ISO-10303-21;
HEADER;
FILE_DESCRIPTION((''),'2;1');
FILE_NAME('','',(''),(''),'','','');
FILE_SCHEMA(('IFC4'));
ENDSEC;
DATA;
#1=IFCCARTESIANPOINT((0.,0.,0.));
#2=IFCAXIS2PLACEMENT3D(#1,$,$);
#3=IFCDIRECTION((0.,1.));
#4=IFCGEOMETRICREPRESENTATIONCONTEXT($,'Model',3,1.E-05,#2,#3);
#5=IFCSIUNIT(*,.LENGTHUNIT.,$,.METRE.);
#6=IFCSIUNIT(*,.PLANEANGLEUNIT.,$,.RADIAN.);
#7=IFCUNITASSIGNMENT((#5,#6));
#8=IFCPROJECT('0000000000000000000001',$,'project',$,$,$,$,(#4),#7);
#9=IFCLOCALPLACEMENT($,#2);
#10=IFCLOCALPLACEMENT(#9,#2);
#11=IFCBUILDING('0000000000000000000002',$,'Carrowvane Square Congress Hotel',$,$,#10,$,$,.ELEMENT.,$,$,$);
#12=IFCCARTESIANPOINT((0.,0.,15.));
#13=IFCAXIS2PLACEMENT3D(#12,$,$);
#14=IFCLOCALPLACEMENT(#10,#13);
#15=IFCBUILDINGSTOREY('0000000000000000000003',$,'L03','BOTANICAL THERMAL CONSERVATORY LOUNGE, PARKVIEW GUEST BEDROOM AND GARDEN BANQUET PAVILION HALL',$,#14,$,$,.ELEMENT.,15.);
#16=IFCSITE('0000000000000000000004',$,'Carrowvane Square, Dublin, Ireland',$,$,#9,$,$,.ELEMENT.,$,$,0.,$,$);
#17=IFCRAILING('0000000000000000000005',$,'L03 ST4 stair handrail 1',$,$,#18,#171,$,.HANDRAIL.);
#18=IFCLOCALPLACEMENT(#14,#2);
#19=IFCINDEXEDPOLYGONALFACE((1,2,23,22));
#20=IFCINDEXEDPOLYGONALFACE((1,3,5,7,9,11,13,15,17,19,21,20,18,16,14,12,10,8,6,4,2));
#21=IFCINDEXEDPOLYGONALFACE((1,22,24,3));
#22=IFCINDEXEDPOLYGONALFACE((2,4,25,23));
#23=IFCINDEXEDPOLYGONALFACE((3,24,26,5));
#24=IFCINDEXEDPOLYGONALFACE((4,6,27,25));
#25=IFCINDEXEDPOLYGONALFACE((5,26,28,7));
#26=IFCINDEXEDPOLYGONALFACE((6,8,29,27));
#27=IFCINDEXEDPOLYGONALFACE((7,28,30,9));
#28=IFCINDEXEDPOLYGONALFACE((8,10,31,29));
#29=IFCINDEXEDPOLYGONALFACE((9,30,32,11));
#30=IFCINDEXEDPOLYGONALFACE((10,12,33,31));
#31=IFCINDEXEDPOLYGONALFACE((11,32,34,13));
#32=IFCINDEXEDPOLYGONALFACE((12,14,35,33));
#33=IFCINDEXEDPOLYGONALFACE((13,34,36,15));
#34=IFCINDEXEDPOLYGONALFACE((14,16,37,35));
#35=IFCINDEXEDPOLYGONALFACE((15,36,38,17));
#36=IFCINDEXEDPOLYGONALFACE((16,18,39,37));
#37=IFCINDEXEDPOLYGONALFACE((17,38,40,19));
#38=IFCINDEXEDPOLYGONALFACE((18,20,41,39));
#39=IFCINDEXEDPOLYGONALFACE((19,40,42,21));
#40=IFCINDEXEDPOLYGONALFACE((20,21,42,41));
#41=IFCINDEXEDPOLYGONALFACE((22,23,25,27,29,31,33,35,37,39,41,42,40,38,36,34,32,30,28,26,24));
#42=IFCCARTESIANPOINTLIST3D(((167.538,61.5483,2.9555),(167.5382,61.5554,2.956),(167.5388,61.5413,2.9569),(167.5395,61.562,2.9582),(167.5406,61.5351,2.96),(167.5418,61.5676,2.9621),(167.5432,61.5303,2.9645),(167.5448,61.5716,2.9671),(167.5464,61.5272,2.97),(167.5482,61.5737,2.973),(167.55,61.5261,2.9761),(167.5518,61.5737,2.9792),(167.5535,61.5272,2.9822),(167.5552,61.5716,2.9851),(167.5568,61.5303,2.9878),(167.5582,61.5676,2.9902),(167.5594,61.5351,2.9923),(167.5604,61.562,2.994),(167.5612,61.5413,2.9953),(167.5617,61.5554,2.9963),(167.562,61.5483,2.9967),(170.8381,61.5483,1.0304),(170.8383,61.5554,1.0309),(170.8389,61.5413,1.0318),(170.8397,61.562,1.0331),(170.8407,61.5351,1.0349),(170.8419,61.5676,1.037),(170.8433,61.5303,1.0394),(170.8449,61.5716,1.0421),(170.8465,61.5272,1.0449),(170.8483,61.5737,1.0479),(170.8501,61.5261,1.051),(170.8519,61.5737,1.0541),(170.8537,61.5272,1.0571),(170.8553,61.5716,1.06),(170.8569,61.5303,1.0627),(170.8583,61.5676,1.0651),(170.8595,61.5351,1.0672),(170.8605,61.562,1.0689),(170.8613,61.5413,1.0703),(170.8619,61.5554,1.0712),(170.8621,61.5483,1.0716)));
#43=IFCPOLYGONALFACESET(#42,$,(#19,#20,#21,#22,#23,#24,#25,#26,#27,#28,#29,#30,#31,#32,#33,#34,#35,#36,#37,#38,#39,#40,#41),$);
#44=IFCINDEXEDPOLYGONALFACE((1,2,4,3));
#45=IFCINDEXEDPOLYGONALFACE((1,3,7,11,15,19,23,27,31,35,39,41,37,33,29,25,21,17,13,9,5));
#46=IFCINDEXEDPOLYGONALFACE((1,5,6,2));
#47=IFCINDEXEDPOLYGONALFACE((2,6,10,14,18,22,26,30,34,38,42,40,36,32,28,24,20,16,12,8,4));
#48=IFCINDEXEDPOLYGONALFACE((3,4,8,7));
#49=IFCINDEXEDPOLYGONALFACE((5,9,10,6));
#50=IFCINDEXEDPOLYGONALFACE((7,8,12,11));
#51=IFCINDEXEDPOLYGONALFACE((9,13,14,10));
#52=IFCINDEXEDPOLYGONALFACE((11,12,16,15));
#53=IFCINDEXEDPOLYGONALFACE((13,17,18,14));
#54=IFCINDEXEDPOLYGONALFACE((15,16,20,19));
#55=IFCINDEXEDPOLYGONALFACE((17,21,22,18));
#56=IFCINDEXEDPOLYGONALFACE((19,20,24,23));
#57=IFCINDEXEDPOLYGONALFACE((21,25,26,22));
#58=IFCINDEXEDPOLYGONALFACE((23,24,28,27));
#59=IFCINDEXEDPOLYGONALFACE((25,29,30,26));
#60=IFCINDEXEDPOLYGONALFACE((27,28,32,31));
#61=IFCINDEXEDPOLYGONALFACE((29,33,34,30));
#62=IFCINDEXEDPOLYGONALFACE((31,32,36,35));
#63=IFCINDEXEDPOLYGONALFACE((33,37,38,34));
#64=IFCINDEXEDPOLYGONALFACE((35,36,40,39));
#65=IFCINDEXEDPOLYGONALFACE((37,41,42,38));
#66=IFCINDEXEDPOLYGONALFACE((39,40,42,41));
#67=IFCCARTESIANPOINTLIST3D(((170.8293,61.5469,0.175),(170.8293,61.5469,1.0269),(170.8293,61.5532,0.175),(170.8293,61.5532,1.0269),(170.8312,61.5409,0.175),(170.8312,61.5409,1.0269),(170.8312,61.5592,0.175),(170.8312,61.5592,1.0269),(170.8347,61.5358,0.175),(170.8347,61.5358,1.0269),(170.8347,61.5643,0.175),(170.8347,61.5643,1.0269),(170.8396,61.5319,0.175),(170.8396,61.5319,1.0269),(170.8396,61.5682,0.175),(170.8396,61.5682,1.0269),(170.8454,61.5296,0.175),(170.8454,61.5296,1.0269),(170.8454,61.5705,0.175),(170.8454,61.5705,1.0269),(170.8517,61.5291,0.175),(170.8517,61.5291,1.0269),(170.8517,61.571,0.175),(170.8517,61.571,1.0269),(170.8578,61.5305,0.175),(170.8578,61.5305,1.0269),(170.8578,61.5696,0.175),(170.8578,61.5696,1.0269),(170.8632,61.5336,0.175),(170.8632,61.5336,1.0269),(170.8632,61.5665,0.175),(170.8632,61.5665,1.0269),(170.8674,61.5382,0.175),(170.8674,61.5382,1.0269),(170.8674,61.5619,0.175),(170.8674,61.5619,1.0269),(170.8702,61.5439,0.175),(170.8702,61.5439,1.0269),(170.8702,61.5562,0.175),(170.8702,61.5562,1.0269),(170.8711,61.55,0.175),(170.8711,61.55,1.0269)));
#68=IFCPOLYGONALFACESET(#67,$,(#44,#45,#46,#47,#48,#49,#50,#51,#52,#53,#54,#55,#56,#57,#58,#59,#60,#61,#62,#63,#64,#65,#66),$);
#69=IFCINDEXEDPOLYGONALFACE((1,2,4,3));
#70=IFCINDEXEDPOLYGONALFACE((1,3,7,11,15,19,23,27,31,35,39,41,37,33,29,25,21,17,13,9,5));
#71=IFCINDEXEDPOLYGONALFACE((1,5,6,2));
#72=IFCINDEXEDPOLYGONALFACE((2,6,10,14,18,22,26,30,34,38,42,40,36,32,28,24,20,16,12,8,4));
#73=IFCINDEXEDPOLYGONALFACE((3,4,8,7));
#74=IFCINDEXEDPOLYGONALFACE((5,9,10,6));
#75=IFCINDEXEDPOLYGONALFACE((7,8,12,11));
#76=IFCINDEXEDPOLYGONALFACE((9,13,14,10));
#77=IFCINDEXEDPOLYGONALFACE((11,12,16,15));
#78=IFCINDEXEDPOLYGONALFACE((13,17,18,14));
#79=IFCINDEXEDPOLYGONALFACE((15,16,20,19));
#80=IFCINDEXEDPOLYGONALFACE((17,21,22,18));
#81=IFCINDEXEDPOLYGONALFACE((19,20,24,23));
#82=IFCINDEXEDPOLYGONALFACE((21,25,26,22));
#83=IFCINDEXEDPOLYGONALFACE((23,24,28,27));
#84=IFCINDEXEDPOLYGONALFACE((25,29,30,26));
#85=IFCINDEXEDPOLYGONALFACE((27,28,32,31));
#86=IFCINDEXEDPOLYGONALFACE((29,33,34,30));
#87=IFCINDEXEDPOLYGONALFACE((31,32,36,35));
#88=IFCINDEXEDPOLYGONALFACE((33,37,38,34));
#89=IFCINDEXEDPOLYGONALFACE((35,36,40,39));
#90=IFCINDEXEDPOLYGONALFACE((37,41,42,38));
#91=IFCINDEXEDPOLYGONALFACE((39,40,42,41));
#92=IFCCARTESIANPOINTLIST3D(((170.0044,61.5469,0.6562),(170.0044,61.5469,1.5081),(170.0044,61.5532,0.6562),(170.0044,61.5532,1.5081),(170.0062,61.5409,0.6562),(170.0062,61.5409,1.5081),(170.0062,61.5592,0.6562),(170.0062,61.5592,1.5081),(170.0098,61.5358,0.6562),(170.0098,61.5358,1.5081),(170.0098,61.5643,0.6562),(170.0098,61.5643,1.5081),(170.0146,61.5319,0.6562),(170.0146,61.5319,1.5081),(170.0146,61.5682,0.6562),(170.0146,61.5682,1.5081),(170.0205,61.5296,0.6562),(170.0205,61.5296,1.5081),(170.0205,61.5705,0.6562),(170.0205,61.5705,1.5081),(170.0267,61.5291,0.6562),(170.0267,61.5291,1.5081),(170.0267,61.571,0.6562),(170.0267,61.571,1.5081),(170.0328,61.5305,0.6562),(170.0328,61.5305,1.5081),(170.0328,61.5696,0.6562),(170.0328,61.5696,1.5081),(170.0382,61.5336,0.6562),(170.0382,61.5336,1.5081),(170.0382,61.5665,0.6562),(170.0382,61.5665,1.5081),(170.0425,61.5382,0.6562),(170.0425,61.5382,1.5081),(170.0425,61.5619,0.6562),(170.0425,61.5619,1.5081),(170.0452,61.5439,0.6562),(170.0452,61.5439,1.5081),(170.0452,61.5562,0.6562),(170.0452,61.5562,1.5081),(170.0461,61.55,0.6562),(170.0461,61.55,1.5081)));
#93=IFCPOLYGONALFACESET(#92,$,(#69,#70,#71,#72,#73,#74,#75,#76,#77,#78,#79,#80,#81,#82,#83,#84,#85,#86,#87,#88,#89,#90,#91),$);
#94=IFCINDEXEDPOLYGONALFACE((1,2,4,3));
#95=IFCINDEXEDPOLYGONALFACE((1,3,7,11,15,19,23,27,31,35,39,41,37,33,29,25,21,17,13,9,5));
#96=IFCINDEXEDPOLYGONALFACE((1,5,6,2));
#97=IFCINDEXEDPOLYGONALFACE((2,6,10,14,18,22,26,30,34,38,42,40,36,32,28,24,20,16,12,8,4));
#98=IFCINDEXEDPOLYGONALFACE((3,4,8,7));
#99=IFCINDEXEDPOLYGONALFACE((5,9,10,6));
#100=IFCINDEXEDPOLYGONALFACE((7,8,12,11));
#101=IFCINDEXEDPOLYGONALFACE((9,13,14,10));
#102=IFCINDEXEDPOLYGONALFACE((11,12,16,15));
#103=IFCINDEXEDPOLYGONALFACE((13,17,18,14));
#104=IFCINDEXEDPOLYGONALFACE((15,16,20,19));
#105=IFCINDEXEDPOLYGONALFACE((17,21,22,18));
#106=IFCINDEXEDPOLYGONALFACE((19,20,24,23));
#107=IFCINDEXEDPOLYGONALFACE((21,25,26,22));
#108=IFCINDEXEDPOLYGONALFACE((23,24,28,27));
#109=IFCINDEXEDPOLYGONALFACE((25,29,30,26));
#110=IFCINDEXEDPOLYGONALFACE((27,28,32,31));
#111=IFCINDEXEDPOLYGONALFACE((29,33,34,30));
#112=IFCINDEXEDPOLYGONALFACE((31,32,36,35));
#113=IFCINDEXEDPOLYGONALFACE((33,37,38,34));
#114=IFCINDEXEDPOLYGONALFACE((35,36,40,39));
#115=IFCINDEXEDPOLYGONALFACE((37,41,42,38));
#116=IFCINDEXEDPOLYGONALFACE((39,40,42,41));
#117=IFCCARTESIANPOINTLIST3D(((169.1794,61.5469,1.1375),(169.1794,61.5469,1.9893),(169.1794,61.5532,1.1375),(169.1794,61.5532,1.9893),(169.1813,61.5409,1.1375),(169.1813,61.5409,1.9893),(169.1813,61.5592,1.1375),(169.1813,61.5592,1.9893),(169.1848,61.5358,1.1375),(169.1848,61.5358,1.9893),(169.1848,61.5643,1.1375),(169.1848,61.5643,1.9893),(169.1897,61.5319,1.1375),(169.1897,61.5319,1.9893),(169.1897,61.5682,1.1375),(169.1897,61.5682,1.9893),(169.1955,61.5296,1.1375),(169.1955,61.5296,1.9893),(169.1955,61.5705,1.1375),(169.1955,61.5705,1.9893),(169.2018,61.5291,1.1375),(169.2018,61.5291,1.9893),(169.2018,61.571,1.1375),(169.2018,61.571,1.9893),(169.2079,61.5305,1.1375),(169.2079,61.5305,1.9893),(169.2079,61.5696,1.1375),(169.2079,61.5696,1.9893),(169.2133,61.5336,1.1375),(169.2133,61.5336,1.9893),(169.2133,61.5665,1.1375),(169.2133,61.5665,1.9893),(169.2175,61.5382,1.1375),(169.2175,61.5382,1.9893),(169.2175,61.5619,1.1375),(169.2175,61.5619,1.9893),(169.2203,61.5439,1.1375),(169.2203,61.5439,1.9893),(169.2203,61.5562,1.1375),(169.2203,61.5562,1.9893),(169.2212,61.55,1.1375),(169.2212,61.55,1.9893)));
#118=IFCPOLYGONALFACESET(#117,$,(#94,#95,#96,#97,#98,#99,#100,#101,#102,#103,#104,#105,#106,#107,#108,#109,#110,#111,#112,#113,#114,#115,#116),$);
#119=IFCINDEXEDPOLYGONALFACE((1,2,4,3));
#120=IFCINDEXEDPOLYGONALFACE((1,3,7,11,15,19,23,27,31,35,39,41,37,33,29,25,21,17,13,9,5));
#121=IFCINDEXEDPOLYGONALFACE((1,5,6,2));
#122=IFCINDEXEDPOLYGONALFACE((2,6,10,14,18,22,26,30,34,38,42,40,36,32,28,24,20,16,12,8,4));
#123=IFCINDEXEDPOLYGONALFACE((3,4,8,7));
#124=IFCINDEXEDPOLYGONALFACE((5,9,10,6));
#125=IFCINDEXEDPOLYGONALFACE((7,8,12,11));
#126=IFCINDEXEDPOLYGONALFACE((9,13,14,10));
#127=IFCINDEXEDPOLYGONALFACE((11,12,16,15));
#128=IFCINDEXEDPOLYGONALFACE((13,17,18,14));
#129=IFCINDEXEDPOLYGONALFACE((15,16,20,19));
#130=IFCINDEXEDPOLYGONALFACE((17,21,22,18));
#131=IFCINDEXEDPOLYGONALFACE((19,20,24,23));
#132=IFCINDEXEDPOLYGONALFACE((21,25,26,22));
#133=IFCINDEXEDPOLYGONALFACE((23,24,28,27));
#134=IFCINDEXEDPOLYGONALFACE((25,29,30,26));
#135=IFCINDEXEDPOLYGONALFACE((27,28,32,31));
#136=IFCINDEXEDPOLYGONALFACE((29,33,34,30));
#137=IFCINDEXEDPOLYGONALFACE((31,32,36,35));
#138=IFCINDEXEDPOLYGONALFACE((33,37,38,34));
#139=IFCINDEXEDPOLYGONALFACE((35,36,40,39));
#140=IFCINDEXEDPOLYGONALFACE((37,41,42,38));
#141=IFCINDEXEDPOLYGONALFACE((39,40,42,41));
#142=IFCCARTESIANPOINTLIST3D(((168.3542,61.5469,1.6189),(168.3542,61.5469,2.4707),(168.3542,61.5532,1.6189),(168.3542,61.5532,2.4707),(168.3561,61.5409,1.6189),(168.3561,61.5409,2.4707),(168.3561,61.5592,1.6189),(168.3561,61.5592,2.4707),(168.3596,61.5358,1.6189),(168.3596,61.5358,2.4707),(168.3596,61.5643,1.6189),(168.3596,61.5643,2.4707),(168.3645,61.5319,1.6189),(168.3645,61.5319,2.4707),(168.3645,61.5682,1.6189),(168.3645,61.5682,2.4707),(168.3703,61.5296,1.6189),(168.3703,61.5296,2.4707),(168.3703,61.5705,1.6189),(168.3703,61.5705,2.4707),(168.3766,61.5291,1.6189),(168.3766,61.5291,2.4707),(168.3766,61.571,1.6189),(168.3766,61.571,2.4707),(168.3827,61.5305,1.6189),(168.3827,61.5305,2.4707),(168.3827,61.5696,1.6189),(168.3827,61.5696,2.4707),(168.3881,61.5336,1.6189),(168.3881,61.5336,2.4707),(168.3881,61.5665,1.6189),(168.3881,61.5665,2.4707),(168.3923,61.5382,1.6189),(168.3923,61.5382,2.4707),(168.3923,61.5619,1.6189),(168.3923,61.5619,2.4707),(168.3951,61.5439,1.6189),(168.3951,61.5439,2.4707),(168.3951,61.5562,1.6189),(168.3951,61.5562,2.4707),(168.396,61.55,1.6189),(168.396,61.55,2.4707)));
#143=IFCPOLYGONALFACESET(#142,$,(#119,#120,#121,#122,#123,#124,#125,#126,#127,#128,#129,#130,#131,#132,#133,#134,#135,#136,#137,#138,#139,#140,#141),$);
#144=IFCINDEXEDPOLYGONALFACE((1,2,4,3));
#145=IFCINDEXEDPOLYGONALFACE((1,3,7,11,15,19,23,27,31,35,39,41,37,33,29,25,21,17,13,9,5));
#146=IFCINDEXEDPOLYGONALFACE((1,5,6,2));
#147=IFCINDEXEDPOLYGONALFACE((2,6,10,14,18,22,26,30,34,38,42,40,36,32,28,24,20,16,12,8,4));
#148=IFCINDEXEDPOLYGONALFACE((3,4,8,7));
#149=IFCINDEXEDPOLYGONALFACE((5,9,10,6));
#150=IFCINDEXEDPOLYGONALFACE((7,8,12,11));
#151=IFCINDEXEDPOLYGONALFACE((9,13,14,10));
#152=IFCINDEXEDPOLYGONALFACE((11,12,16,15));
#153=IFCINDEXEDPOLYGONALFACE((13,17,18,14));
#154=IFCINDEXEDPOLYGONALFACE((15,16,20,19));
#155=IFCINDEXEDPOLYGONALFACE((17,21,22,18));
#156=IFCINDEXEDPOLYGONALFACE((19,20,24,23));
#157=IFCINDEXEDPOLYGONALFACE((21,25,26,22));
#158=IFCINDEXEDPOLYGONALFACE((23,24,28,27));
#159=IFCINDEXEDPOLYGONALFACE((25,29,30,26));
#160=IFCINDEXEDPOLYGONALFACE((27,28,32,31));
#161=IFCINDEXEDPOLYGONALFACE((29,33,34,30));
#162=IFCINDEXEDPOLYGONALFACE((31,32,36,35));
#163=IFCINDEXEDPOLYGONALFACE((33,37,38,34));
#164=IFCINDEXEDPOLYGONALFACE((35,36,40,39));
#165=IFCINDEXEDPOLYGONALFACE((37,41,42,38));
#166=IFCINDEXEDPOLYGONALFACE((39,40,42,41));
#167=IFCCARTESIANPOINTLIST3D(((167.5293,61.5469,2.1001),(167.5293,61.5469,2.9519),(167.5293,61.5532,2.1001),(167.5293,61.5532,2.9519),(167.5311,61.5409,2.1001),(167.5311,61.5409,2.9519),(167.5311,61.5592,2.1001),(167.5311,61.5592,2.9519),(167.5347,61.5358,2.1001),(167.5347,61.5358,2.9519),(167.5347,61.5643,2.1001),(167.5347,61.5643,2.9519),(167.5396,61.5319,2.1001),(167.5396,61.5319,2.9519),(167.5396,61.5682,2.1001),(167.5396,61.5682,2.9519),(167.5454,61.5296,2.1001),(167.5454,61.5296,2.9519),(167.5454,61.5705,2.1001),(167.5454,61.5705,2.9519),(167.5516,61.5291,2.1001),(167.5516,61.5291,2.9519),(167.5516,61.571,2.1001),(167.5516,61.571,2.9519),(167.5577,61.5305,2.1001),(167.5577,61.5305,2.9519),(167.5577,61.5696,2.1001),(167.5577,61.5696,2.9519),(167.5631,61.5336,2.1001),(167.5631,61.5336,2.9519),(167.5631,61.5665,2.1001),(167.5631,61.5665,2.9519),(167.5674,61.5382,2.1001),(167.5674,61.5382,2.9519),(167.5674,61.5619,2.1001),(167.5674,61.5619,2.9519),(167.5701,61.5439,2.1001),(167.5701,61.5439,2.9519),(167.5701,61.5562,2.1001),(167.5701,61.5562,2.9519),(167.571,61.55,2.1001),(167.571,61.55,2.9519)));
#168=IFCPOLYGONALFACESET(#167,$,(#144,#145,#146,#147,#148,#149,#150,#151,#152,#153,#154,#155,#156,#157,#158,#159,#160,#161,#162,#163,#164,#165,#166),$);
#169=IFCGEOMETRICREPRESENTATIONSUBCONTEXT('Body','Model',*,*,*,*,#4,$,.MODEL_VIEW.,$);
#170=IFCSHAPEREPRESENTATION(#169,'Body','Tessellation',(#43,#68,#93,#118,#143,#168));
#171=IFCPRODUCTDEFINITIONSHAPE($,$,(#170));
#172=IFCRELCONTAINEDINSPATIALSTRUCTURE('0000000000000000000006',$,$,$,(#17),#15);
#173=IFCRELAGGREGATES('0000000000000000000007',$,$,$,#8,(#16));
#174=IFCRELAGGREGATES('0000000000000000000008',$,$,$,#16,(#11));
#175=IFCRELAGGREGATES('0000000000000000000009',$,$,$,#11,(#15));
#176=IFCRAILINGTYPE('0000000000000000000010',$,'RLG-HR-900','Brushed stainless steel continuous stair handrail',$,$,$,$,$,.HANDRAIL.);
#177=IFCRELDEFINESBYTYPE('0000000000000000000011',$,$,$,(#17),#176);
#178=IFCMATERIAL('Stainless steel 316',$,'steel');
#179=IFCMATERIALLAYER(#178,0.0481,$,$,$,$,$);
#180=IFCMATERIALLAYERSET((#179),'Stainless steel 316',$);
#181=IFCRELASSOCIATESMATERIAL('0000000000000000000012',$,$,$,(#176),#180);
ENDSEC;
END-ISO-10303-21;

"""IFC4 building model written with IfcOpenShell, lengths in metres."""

from ifc_helpers import new_model, si_unit, direction, frame, origin, origin_2d, place, context, subcontext, project, spatial, circle, extrude, material, layer, layer_set, type_object, element, save


model = new_model("IFC4")

# Units and contexts
model_context = context("Model", 3, precision=1e-05, world=origin(), true_north=direction((0.0, 1.0)))
body_context = subcontext(model_context, "Body", "Model", "MODEL_VIEW")
ifc_project = project(units=[si_unit("LENGTHUNIT", "METRE"), si_unit("PLANEANGLEUNIT", "RADIAN")], contexts=[model_context])

# Site, building, storey
site_placement = place(None, origin())
site = spatial("IfcSite", under=ifc_project, at=site_placement, Name="Carrowvane Square, Dublin, Ireland", CompositionType="ELEMENT", RefElevation=0.0)
building_placement = place(site_placement, origin())
building = spatial("IfcBuilding", under=site, at=building_placement, Name="Carrowvane Square Congress Hotel", CompositionType="ELEMENT")
storey_placement = place(building_placement, frame((0.0, 0.0, 15.0)))
storey = spatial("IfcBuildingStorey", under=building, at=storey_placement, Name="L03", Description="BOTANICAL THERMAL CONSERVATORY LOUNGE, PARKVIEW GUEST BEDROOM AND GARDEN BANQUET PAVILION HALL", CompositionType="ELEMENT", Elevation=15.0)

# Railing
ifc_material_1 = material(Name="Stainless steel 316", Category="steel")
ifc_layer_1 = layer(ifc_material_1, 0.0481)
ifc_layer_set_1 = layer_set([ifc_layer_1], Name="Stainless steel 316")
railing_type_1 = type_object("IfcRailingType", Name="RLG-HR-900", Description="Brushed stainless steel continuous stair handrail", PredefinedType="HANDRAIL", material=ifc_layer_set_1)
railing_1_placement = place(storey_placement, frame((170.8501, 61.55, 0.175)))
element("IfcRailing", 1, at=railing_1_placement, inside=storey, type_object=railing_type_1, Name="L03 ST4 stair handrail 1", PredefinedType="HANDRAIL", context=body_context, shape_type="SweptSolid", body=[
    extrude(circle(Radius=0.0239, at=origin_2d()), frame((0.0, 0.0, 0.876), z_axis=(-0.863777, 0.0, 0.503875), x_axis=(0.0, -1.0, 0.0)), (0.0, 0.0, 1.0), 3.8206),
    extrude(circle(Radius=0.021, at=origin_2d()), origin(), (0.0, 0.0, 1.0), 0.8518),
    extrude(circle(Radius=0.021, at=origin_2d()), frame((-0.825, 0.0, 0.4812)), (0.0, 0.0, 1.0), 0.8518),
    extrude(circle(Radius=0.021, at=origin_2d()), frame((-1.6499, 0.0, 0.9624)), (0.0, 0.0, 1.0), 0.8518),
    extrude(circle(Radius=0.021, at=origin_2d()), frame((-2.4751, 0.0, 1.4438)), (0.0, 0.0, 1.0), 0.8518),
    extrude(circle(Radius=0.021, at=origin_2d()), frame((-3.3, 0.0, 1.925)), (0.0, 0.0, 1.0), 0.8518),
])

save(model, "model.ifc")
